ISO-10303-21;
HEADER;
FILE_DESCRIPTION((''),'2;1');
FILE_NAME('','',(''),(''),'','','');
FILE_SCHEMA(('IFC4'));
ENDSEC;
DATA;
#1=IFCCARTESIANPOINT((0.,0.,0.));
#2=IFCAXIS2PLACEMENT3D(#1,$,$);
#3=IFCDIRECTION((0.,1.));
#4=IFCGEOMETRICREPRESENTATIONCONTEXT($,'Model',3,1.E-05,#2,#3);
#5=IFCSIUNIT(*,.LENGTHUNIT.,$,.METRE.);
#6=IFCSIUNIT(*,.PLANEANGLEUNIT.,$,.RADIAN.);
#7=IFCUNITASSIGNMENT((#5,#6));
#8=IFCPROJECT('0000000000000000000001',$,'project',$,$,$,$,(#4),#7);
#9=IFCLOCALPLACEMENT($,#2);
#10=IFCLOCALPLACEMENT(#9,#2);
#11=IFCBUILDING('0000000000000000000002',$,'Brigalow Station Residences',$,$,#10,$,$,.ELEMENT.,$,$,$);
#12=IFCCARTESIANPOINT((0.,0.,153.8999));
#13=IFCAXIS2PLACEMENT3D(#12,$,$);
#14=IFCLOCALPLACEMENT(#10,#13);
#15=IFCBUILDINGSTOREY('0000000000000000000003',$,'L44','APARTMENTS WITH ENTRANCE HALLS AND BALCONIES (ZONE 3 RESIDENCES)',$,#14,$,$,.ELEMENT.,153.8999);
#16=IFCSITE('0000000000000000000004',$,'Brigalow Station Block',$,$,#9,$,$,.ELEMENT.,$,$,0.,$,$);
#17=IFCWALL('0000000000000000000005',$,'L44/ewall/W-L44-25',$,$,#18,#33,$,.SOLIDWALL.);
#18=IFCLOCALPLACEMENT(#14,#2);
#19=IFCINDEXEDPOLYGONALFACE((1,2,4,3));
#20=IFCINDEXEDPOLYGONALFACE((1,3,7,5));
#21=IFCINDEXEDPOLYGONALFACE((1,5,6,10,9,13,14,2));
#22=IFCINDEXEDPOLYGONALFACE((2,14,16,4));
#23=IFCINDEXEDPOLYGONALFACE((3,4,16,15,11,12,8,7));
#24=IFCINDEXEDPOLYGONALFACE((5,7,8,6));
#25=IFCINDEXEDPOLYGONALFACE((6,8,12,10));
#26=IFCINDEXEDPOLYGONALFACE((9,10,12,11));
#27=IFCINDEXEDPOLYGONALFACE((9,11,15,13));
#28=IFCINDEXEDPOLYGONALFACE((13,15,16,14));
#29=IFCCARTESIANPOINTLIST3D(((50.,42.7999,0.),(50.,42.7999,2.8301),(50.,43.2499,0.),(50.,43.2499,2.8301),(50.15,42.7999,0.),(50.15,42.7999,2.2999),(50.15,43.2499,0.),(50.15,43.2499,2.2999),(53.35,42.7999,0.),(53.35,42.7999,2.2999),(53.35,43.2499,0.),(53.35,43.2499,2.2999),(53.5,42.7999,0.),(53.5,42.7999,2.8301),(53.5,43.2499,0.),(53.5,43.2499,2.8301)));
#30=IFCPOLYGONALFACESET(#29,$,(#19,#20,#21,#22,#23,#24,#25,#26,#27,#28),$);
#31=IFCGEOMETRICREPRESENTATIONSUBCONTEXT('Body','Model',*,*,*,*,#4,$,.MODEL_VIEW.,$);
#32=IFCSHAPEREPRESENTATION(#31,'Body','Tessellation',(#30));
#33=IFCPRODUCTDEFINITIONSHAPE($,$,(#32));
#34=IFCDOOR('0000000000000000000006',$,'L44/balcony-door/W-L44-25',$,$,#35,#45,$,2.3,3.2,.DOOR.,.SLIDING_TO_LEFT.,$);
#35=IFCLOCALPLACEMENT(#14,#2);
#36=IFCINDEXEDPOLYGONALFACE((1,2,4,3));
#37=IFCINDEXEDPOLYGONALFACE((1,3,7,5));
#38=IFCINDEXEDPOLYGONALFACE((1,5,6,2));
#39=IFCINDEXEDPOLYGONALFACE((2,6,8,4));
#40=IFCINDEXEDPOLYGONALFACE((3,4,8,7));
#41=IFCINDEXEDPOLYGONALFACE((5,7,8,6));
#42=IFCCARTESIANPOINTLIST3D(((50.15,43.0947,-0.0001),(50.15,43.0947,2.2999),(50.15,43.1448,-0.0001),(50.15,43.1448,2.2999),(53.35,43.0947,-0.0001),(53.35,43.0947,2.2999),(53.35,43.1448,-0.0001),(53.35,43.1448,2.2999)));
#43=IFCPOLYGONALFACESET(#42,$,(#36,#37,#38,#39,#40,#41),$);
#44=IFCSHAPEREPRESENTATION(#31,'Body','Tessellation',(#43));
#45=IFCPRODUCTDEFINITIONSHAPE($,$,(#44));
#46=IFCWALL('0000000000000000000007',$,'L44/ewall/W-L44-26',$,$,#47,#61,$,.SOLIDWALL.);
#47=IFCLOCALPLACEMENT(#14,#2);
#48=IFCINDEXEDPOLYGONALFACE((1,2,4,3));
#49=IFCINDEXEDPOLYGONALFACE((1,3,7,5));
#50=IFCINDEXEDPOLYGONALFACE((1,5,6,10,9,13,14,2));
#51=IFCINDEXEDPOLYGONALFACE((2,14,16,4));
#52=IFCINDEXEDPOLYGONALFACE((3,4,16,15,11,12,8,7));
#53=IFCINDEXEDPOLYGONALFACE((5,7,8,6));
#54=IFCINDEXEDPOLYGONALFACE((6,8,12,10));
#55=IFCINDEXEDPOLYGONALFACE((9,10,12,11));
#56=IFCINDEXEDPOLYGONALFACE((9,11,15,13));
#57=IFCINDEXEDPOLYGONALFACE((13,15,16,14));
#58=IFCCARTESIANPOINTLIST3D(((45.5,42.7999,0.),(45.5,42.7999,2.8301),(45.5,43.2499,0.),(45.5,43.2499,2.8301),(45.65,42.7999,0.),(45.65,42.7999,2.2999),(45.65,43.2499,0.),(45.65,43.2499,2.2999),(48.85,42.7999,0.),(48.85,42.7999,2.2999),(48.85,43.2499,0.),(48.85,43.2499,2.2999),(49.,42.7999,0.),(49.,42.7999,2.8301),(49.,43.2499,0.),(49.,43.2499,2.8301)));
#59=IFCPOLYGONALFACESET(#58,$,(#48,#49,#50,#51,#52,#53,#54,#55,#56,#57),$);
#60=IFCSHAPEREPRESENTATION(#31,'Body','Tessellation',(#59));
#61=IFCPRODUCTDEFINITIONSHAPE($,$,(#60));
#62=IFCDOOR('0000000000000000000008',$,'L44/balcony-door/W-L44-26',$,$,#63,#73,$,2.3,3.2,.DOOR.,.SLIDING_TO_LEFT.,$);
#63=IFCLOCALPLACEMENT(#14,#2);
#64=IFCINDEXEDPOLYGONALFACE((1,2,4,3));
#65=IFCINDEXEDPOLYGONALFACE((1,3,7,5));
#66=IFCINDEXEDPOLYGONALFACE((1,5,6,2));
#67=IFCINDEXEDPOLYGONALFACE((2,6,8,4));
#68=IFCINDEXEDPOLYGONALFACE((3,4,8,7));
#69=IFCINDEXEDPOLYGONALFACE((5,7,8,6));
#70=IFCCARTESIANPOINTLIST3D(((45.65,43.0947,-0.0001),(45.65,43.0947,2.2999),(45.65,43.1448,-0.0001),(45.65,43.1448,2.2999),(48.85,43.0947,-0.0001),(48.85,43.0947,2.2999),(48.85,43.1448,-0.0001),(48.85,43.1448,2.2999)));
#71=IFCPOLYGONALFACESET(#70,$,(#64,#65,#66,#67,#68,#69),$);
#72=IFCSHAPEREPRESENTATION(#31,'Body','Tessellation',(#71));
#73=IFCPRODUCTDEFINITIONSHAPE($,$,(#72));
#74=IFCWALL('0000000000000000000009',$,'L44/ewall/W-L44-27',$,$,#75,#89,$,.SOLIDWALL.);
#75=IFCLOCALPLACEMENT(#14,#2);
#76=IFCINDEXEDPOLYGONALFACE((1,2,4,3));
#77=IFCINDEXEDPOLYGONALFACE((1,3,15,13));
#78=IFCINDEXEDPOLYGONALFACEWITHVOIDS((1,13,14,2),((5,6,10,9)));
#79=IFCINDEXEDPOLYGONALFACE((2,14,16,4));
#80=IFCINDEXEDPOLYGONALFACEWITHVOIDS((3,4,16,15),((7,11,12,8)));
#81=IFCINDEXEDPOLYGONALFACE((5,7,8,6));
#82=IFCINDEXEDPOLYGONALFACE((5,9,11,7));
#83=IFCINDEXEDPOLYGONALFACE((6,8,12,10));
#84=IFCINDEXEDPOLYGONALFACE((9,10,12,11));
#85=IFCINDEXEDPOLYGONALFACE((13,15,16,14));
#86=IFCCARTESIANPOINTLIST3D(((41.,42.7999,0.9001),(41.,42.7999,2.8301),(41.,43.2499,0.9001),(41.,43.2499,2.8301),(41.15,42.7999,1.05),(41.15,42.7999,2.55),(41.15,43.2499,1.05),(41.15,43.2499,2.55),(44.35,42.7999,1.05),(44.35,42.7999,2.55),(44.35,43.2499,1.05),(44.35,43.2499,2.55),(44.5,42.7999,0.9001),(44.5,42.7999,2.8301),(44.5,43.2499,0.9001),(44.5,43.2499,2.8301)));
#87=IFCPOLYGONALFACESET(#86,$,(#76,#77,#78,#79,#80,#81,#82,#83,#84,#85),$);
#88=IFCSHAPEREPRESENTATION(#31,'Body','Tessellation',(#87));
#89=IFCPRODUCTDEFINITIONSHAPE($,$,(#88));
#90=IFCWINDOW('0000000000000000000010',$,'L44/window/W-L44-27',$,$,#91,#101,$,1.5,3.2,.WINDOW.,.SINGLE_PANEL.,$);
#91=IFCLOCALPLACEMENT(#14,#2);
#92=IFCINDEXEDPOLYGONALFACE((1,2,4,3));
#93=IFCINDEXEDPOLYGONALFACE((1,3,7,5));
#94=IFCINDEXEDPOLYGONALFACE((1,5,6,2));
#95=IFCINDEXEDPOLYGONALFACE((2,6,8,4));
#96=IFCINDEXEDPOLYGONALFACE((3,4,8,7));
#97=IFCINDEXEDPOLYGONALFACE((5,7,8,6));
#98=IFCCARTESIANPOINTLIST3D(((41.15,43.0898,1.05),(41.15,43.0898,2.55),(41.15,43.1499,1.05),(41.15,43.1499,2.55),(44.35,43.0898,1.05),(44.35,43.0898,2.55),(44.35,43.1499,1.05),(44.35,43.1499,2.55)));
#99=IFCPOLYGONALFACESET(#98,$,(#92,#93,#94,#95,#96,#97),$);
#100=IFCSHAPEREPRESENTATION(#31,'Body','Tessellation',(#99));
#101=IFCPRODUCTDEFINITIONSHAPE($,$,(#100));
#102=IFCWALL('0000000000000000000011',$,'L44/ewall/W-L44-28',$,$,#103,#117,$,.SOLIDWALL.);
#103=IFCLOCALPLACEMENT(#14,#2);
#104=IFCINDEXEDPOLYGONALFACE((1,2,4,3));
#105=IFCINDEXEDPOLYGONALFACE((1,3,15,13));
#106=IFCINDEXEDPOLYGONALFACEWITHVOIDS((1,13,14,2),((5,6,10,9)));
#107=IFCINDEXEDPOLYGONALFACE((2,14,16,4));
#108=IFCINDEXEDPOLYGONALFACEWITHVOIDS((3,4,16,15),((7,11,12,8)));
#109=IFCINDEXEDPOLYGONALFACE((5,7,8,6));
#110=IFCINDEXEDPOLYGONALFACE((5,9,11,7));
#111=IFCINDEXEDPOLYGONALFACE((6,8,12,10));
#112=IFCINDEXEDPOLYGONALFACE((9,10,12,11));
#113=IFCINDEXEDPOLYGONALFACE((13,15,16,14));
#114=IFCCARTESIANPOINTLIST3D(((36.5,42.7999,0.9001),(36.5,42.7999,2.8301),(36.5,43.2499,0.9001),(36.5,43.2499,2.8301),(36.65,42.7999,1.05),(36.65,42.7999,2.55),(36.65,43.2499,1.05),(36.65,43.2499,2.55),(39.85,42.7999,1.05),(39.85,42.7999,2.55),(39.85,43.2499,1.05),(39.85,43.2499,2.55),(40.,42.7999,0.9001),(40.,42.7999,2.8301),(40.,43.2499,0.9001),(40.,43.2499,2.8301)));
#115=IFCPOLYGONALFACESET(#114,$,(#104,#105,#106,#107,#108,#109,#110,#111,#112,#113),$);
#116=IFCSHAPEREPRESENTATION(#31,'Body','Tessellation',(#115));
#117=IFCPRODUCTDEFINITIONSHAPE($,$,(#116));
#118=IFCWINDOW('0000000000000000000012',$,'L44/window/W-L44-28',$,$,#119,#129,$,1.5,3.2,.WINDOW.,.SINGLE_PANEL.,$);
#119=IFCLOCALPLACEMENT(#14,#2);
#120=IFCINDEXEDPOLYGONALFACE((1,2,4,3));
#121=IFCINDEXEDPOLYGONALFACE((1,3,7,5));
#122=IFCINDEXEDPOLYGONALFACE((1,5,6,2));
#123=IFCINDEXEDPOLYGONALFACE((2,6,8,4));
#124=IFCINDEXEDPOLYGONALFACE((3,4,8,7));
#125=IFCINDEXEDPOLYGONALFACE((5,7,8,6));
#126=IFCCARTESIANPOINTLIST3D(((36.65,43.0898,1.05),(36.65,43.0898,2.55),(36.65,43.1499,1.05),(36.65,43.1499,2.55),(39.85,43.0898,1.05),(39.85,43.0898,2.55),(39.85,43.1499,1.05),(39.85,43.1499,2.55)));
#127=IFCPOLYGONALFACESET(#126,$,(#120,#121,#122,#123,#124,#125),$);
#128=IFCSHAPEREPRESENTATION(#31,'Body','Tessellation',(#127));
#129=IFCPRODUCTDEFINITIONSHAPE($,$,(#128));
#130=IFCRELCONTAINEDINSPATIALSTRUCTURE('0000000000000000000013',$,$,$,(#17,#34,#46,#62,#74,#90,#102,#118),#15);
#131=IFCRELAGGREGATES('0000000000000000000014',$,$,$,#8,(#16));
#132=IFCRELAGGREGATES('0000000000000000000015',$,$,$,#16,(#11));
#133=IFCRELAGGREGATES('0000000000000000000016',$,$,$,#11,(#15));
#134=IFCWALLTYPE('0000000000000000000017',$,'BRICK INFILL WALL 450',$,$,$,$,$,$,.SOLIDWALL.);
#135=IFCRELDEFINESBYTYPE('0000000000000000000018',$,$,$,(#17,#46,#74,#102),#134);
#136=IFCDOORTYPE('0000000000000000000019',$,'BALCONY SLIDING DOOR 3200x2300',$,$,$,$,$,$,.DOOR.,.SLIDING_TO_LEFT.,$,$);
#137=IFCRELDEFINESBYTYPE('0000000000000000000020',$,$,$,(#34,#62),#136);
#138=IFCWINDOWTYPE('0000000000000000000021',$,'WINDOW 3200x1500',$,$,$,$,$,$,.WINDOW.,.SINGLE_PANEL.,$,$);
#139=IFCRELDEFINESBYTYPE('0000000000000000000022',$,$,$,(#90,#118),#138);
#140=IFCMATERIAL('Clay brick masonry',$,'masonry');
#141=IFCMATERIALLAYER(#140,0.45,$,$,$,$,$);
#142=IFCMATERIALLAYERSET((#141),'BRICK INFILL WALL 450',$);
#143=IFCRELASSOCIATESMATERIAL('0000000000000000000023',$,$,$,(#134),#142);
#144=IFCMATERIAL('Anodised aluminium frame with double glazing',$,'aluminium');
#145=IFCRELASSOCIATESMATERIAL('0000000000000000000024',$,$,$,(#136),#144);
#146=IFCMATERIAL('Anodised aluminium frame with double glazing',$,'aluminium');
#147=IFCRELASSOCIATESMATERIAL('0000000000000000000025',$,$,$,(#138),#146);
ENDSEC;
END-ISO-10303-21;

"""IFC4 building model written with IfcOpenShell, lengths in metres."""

from ifc_helpers import new_model, si_unit, direction, frame, frame_2d, origin, place, context, subcontext, project, spatial, rectangle, extrude, material, layer, layer_set, type_object, element, fill, save


model = new_model("IFC4")

# Units and contexts
model_context = context("Model", 3, precision=1e-05, world=origin(), true_north=direction((0.0, 1.0)))
body_context = subcontext(model_context, "Body", "Model", "MODEL_VIEW")
ifc_project = project(units=[si_unit("LENGTHUNIT", "METRE"), si_unit("PLANEANGLEUNIT", "RADIAN")], contexts=[model_context])

# Site, building, storey
site_placement = place(None, origin())
site = spatial("IfcSite", under=ifc_project, at=site_placement, Name="Brigalow Station Block", CompositionType="ELEMENT", RefElevation=0.0)
building_placement = place(site_placement, origin())
building = spatial("IfcBuilding", under=site, at=building_placement, Name="Brigalow Station Residences", CompositionType="ELEMENT")
storey_placement = place(building_placement, frame((0.0, 0.0, 153.8999)))
storey = spatial("IfcBuildingStorey", under=building, at=storey_placement, Name="L44", Description="APARTMENTS WITH ENTRANCE HALLS AND BALCONIES (ZONE 3 RESIDENCES)", CompositionType="ELEMENT", Elevation=153.8999)

# Walls, openings, doors
ifc_material_1 = material(Name="Clay brick masonry", Category="masonry")
ifc_layer_1 = layer(ifc_material_1, 0.45)
ifc_layer_set_1 = layer_set([ifc_layer_1], Name="BRICK INFILL WALL 450")
wall_type_1 = type_object("IfcWallType", Name="BRICK INFILL WALL 450", PredefinedType="SOLIDWALL", material=ifc_layer_set_1)
wall_1_placement = place(storey_placement, frame((53.5, 43.0249, 0.0), z_axis=(0.0, 0.0, 1.0), x_axis=(-1.0, 0.0, 0.0)))
wall_1 = element("IfcWall", 1, at=wall_1_placement, inside=storey, type_object=wall_type_1, Name="L44/ewall/W-L44-25", PredefinedType="SOLIDWALL", context=body_context, shape_type="SweptSolid", body=[
    extrude(rectangle(XDim=3.5, YDim=0.45, at=frame_2d((1.75, 0.0))), origin(), (0.0, 0.0, 1.0), 2.8301),
])
opening_1_placement = place(wall_1_placement, frame((0.1499, 0.0, 0.0)))
opening_1 = element("IfcOpeningElement", 2, at=opening_1_placement, cuts=wall_1, PredefinedType="OPENING", context=body_context, shape_type="SweptSolid", body=[
    extrude(rectangle(XDim=3.2, YDim=2.3, at=frame_2d((1.6001, 1.1499))), frame((0.0, 0.2349, 0.0), z_axis=(0.0, -1.0, 0.0), x_axis=(1.0, 0.0, 0.0)), (0.0, 0.0, 1.0), 0.47),
])
ifc_material_2 = material(Name="Anodised aluminium frame with double glazing", Category="aluminium")
door_type_1 = type_object("IfcDoorType", Name="BALCONY SLIDING DOOR 3200x2300", OperationType="SLIDING_TO_LEFT", PredefinedType="DOOR", material=ifc_material_2)
door_1_placement = place(opening_1_placement, origin())
door_1 = element("IfcDoor", 3, at=door_1_placement, inside=storey, type_object=door_type_1, Name="L44/balcony-door/W-L44-25", OperationType="SLIDING_TO_LEFT", OverallHeight=2.3, OverallWidth=3.2, PredefinedType="DOOR", context=body_context, shape_type="SweptSolid", body=[
    extrude(rectangle(XDim=3.2, YDim=2.3, at=frame_2d((1.6001, 1.1499))), frame((0.0, -0.0698, 0.0), z_axis=(0.0, -1.0, 0.0), x_axis=(1.0, 0.0, 0.0)), (0.0, 0.0, 1.0), 0.05),
])
fill(opening_1, door_1)
wall_2_placement = place(storey_placement, frame((49.0, 43.0249, 0.0), z_axis=(0.0, 0.0, 1.0), x_axis=(-1.0, 0.0, 0.0)))
wall_2 = element("IfcWall", 4, at=wall_2_placement, inside=storey, type_object=wall_type_1, Name="L44/ewall/W-L44-26", PredefinedType="SOLIDWALL", context=body_context, shape_type="SweptSolid", body=[
    extrude(rectangle(XDim=3.5, YDim=0.45, at=frame_2d((1.75, 0.0))), origin(), (0.0, 0.0, 1.0), 2.8301),
])
opening_2_placement = place(wall_2_placement, frame((0.1499, 0.0, 0.0)))
opening_2 = element("IfcOpeningElement", 5, at=opening_2_placement, cuts=wall_2, PredefinedType="OPENING", context=body_context, shape_type="SweptSolid", body=[
    extrude(rectangle(XDim=3.2, YDim=2.3, at=frame_2d((1.6001, 1.1499))), frame((0.0, 0.2349, 0.0), z_axis=(0.0, -1.0, 0.0), x_axis=(1.0, 0.0, 0.0)), (0.0, 0.0, 1.0), 0.47),
])
door_2_placement = place(opening_2_placement, origin())
door_2 = element("IfcDoor", 6, at=door_2_placement, inside=storey, type_object=door_type_1, Name="L44/balcony-door/W-L44-26", OperationType="SLIDING_TO_LEFT", OverallHeight=2.3, OverallWidth=3.2, PredefinedType="DOOR", context=body_context, shape_type="SweptSolid", body=[
    extrude(rectangle(XDim=3.2, YDim=2.3, at=frame_2d((1.6001, 1.1499))), frame((0.0, -0.0698, 0.0), z_axis=(0.0, -1.0, 0.0), x_axis=(1.0, 0.0, 0.0)), (0.0, 0.0, 1.0), 0.05),
])
fill(opening_2, door_2)

# Walls, openings, windows
wall_3_placement = place(storey_placement, frame((44.5, 43.0249, 0.9001), z_axis=(0.0, 0.0, 1.0), x_axis=(-1.0, 0.0, 0.0)))
wall_3 = element("IfcWall", 7, at=wall_3_placement, inside=storey, type_object=wall_type_1, Name="L44/ewall/W-L44-27", PredefinedType="SOLIDWALL", context=body_context, shape_type="SweptSolid", body=[
    extrude(rectangle(XDim=3.5, YDim=0.45, at=frame_2d((1.75, 0.0))), origin(), (0.0, 0.0, 1.0), 1.9299),
])
opening_3_placement = place(wall_3_placement, frame((0.1499, 0.0, 0.1499)))
opening_3 = element("IfcOpeningElement", 8, at=opening_3_placement, cuts=wall_3, PredefinedType="OPENING", context=body_context, shape_type="SweptSolid", body=[
    extrude(rectangle(XDim=3.2, YDim=1.5, at=frame_2d((1.6001, 0.75))), frame((0.0, 0.2349, 0.0), z_axis=(0.0, -1.0, 0.0), x_axis=(1.0, 0.0, 0.0)), (0.0, 0.0, 1.0), 0.47),
])
ifc_material_3 = material(Name="Anodised aluminium frame with double glazing", Category="aluminium")
window_type = type_object("IfcWindowType", Name="WINDOW 3200x1500", PartitioningType="SINGLE_PANEL", PredefinedType="WINDOW", material=ifc_material_3)
window_1_placement = place(opening_3_placement, origin())
window_1 = element("IfcWindow", 9, at=window_1_placement, inside=storey, type_object=window_type, Name="L44/window/W-L44-27", OverallHeight=1.5, OverallWidth=3.2, PartitioningType="SINGLE_PANEL", PredefinedType="WINDOW", context=body_context, shape_type="SweptSolid", body=[
    extrude(rectangle(XDim=3.2, YDim=1.5, at=frame_2d((1.6001, 0.75))), frame((0.0, -0.0649, 0.0), z_axis=(0.0, -1.0, 0.0), x_axis=(1.0, 0.0, 0.0)), (0.0, 0.0, 1.0), 0.0601),
])
fill(opening_3, window_1)
wall_4_placement = place(storey_placement, frame((40.0, 43.0249, 0.9001), z_axis=(0.0, 0.0, 1.0), x_axis=(-1.0, 0.0, 0.0)))
wall_4 = element("IfcWall", 10, at=wall_4_placement, inside=storey, type_object=wall_type_1, Name="L44/ewall/W-L44-28", PredefinedType="SOLIDWALL", context=body_context, shape_type="SweptSolid", body=[
    extrude(rectangle(XDim=3.5, YDim=0.45, at=frame_2d((1.75, 0.0))), origin(), (0.0, 0.0, 1.0), 1.9299),
])
opening_4_placement = place(wall_4_placement, frame((0.1499, 0.0, 0.1499)))
opening_4 = element("IfcOpeningElement", 11, at=opening_4_placement, cuts=wall_4, PredefinedType="OPENING", context=body_context, shape_type="SweptSolid", body=[
    extrude(rectangle(XDim=3.2, YDim=1.5, at=frame_2d((1.6001, 0.75))), frame((0.0, 0.2349, 0.0), z_axis=(0.0, -1.0, 0.0), x_axis=(1.0, 0.0, 0.0)), (0.0, 0.0, 1.0), 0.47),
])
window_2_placement = place(opening_4_placement, origin())
window_2 = element("IfcWindow", 12, at=window_2_placement, inside=storey, type_object=window_type, Name="L44/window/W-L44-28", OverallHeight=1.5, OverallWidth=3.2, PartitioningType="SINGLE_PANEL", PredefinedType="WINDOW", context=body_context, shape_type="SweptSolid", body=[
    extrude(rectangle(XDim=3.2, YDim=1.5, at=frame_2d((1.6001, 0.75))), frame((0.0, -0.0649, 0.0), z_axis=(0.0, -1.0, 0.0), x_axis=(1.0, 0.0, 0.0)), (0.0, 0.0, 1.0), 0.0601),
])
fill(opening_4, window_2)

save(model, "model.ifc")
